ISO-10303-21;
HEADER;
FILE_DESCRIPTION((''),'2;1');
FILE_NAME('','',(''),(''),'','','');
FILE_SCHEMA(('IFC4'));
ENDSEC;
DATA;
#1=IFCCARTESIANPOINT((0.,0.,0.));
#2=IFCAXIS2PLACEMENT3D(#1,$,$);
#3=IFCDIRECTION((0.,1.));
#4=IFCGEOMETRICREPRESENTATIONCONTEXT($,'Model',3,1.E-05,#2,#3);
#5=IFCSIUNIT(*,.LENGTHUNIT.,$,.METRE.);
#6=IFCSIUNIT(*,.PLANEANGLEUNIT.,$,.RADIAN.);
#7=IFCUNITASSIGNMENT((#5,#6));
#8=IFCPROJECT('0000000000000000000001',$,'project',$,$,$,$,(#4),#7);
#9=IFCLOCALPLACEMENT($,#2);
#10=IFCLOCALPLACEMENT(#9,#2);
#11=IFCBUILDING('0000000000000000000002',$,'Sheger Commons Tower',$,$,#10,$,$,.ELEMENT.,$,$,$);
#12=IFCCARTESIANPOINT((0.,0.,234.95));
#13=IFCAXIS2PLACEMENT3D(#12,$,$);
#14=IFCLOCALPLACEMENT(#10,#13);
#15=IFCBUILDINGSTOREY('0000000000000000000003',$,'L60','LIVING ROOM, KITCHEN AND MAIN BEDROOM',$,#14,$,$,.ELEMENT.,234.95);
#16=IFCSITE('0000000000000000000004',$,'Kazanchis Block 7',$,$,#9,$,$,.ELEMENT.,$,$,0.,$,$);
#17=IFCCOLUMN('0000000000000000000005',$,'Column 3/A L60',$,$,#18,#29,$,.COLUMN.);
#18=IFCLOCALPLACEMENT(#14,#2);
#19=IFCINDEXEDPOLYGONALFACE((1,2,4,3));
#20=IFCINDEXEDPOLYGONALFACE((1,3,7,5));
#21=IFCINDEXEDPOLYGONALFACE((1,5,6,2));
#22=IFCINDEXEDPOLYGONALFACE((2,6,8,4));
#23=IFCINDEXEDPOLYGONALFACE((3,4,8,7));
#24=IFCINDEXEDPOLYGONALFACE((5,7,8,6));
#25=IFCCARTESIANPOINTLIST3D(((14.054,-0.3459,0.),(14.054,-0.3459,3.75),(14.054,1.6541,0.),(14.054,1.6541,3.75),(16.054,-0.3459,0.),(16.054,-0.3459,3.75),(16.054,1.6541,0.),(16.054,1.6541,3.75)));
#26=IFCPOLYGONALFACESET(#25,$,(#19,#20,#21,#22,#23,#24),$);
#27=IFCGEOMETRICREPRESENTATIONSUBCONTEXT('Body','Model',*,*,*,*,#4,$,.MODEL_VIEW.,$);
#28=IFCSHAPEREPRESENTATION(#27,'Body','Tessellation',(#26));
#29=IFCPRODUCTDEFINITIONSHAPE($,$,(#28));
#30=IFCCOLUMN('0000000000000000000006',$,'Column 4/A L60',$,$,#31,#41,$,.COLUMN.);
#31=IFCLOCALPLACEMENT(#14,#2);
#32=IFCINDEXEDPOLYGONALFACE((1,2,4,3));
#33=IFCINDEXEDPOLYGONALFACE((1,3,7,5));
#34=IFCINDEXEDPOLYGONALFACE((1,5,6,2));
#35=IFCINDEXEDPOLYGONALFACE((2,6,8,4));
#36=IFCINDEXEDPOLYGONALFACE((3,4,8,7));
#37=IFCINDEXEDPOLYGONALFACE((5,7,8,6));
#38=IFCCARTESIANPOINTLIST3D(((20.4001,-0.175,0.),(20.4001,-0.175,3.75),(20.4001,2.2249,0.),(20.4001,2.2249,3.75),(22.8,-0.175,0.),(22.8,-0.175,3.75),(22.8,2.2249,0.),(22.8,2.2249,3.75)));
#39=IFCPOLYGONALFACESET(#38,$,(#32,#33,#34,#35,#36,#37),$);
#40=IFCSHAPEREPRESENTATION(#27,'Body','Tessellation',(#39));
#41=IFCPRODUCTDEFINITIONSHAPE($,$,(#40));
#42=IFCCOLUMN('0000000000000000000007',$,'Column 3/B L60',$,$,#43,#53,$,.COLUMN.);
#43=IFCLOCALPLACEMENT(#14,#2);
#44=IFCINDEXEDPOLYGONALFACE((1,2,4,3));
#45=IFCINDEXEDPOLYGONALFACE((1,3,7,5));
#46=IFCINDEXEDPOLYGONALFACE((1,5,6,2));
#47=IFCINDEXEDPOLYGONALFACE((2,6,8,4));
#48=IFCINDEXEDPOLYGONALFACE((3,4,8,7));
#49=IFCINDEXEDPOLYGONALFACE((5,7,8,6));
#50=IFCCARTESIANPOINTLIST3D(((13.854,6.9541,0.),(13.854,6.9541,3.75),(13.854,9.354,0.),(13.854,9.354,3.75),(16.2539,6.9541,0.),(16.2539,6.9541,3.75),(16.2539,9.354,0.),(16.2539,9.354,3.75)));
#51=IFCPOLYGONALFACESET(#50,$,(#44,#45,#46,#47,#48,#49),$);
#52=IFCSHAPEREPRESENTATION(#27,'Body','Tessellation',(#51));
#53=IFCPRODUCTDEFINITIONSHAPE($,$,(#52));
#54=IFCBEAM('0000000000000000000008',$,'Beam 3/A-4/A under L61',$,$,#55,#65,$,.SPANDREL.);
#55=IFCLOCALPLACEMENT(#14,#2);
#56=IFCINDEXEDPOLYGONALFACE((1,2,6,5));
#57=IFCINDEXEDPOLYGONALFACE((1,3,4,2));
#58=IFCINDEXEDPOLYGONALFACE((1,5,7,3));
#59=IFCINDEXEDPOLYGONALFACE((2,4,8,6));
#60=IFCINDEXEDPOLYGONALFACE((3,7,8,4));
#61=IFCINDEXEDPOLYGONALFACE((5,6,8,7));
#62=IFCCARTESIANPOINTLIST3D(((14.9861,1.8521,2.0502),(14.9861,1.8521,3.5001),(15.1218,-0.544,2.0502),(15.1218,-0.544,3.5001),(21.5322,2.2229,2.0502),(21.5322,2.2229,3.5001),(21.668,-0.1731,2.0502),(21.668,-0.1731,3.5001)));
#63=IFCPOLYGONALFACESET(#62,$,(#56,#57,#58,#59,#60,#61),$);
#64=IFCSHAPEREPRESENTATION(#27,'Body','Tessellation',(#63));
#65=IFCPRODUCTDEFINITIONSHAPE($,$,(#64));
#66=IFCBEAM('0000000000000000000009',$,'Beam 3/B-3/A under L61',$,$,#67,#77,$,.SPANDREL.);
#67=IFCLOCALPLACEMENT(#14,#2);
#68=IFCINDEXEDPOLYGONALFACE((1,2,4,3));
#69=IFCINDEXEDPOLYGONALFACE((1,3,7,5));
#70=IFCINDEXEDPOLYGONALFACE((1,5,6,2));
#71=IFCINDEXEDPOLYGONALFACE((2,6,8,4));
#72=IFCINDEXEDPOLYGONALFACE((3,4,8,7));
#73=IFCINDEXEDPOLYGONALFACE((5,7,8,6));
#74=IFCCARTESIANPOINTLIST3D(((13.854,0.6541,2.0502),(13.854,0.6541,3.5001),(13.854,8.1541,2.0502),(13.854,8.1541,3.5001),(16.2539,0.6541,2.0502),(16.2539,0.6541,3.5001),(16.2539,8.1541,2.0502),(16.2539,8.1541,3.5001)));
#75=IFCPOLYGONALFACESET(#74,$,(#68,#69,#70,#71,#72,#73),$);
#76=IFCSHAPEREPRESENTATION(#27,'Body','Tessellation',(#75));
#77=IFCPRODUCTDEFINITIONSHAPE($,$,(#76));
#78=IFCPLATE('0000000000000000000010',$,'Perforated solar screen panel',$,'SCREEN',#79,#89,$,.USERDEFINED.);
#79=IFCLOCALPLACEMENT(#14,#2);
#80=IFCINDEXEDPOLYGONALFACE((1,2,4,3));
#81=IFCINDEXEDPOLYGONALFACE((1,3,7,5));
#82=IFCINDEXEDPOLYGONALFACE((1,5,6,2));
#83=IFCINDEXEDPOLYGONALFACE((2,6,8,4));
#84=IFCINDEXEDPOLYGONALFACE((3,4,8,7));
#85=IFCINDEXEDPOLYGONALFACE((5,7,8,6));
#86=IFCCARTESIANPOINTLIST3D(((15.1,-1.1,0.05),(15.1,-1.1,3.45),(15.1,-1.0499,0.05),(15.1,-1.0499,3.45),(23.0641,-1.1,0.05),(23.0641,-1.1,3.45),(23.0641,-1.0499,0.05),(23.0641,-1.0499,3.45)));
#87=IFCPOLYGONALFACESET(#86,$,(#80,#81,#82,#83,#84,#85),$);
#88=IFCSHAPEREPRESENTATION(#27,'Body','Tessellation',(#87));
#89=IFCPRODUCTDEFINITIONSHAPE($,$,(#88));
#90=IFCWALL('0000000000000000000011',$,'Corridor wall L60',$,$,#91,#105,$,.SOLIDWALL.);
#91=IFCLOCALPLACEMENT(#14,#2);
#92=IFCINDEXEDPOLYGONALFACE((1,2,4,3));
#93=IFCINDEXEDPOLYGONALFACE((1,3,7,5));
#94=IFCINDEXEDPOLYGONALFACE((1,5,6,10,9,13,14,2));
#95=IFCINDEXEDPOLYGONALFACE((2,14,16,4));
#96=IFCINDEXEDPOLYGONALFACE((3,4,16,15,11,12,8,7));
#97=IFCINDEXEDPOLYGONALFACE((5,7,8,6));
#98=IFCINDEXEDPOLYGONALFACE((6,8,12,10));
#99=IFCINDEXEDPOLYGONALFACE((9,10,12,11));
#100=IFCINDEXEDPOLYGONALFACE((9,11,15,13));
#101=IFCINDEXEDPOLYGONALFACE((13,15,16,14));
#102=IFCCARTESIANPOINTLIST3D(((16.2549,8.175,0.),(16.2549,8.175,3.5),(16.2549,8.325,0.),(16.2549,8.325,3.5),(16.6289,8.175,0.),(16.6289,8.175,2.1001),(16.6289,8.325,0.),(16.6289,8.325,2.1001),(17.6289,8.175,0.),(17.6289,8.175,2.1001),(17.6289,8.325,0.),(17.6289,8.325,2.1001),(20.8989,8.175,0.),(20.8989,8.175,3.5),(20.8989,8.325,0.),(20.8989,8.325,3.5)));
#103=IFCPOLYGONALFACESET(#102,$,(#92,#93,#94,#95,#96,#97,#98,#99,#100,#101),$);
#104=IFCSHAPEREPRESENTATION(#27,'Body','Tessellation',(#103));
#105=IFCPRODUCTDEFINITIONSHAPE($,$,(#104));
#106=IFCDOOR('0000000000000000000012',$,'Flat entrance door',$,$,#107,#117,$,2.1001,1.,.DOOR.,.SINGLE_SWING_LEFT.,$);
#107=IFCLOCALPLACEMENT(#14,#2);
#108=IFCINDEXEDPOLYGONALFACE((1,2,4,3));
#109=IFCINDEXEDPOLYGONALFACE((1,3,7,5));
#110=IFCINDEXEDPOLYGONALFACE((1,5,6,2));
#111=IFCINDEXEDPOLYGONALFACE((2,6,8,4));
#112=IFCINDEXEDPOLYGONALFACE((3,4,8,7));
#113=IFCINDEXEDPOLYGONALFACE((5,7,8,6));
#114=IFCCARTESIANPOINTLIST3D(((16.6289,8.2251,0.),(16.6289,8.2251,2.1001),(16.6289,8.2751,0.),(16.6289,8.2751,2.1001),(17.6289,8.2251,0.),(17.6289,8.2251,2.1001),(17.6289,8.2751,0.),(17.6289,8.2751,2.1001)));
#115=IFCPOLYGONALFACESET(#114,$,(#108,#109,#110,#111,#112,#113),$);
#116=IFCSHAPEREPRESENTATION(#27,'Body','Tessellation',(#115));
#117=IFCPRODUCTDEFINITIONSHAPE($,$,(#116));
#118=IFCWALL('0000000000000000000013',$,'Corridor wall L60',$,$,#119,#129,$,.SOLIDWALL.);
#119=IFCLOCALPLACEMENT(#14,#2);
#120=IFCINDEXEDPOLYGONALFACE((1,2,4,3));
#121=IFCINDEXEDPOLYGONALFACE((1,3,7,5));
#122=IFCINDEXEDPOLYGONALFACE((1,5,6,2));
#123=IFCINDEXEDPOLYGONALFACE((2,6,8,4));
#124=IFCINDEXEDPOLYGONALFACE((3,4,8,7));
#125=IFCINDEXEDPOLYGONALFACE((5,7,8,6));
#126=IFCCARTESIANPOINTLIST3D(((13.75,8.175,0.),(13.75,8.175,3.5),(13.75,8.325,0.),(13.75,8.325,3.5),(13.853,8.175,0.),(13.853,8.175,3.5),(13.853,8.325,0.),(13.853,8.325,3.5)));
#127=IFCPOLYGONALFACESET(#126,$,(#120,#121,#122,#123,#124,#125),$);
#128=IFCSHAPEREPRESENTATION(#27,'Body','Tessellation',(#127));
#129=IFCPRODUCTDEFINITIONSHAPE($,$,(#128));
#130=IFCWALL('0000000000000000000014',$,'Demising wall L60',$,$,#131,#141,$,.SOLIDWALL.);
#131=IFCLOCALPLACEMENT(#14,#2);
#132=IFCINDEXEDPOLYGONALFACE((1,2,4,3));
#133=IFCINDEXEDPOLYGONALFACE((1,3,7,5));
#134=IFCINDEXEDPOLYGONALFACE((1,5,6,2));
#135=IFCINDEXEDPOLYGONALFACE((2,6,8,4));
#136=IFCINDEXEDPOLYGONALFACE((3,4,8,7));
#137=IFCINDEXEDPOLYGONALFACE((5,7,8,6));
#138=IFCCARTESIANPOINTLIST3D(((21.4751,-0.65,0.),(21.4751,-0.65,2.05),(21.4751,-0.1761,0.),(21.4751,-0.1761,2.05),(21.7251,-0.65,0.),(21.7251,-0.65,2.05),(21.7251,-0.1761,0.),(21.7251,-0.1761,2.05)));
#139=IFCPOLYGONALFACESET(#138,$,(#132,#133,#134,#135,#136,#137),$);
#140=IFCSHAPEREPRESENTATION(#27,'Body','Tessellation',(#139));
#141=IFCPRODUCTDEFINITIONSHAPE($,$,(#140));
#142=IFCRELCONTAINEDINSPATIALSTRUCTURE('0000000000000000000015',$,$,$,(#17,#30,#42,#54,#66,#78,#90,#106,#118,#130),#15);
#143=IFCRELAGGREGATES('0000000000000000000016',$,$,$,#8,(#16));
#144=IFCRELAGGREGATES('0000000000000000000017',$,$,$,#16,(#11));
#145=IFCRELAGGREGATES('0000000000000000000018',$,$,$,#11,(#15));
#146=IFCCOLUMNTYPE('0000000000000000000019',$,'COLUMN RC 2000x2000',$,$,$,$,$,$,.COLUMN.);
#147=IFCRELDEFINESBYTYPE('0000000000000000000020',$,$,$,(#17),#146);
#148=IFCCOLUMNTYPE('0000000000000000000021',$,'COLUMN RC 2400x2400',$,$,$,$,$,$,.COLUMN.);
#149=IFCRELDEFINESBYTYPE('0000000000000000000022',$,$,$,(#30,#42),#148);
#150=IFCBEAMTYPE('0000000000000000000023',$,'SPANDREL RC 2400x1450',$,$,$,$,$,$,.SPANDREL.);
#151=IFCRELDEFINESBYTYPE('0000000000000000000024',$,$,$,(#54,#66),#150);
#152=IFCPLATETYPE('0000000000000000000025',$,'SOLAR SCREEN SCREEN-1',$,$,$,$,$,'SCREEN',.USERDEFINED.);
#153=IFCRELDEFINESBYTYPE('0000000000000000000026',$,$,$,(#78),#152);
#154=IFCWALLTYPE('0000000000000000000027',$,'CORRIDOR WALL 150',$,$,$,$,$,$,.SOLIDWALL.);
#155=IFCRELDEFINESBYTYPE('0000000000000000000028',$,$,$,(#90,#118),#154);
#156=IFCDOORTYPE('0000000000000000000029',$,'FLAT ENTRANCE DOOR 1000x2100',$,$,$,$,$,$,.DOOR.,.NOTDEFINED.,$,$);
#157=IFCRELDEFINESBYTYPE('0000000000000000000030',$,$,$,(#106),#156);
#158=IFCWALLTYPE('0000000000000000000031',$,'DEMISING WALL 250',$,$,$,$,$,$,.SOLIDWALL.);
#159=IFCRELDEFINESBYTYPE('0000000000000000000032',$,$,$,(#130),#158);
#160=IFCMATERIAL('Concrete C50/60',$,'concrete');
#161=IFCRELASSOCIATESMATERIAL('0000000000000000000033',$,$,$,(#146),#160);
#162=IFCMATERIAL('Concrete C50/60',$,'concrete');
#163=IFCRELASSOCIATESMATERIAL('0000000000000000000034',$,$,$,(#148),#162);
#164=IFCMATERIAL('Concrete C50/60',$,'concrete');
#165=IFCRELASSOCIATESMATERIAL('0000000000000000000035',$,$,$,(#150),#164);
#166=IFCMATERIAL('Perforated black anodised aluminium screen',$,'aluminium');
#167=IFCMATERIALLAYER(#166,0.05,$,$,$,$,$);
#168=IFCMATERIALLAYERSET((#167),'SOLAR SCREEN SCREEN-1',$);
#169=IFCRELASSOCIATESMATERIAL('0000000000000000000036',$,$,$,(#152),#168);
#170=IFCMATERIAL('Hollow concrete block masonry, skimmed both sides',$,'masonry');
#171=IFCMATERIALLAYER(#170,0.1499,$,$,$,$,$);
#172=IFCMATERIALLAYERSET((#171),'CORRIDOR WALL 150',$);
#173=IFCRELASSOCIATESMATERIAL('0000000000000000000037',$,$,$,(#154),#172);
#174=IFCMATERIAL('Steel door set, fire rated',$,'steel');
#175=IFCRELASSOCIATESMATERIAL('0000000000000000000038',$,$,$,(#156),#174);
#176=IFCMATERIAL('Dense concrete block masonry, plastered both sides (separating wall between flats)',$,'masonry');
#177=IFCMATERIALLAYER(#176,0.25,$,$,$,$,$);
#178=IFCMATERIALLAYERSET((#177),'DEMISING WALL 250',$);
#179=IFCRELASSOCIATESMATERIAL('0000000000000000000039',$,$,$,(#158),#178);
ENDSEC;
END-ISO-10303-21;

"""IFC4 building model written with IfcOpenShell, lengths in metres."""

from ifc_helpers import new_model, si_unit, direction, frame, frame_2d, origin, origin_2d, place, context, subcontext, project, spatial, rectangle, extrude, material, layer, layer_set, material_profile, profile_set, type_object, element, fill, save


model = new_model("IFC4")

# Units and contexts
model_context = context("Model", 3, precision=1e-05, world=origin(), true_north=direction((0.0, 1.0)))
body_context = subcontext(model_context, "Body", "Model", "MODEL_VIEW")
ifc_project = project(units=[si_unit("LENGTHUNIT", "METRE"), si_unit("PLANEANGLEUNIT", "RADIAN")], contexts=[model_context])

# Site, building, storey
site_placement = place(None, origin())
site = spatial("IfcSite", under=ifc_project, at=site_placement, Name="Kazanchis Block 7", CompositionType="ELEMENT", RefElevation=0.0)
building_placement = place(site_placement, origin())
building = spatial("IfcBuilding", under=site, at=building_placement, Name="Sheger Commons Tower", CompositionType="ELEMENT")
storey_placement = place(building_placement, frame((0.0, 0.0, 234.95)))
storey = spatial("IfcBuildingStorey", under=building, at=storey_placement, Name="L60", Description="LIVING ROOM, KITCHEN AND MAIN BEDROOM", CompositionType="ELEMENT", Elevation=234.95)

# Columns
ifc_material_1 = material(Name="Concrete C50/60", Category="concrete")
ifc_material_profile_1 = material_profile(ifc_material_1, rectangle(XDim=2.0, YDim=2.0, at=origin_2d()), Name="RC 2000x2000")
ifc_profile_set_1 = profile_set([ifc_material_profile_1], Name="Concrete C50/60")
column_type_1 = type_object("IfcColumnType", Name="COLUMN RC 2000x2000", PredefinedType="COLUMN", material=ifc_profile_set_1)
column_placement = place(storey_placement, frame((15.054, 0.6541, 0.0), z_axis=(0.0, 0.0, 1.0), x_axis=(1.0, 0.0, 0.0)))
element("IfcColumn", 1, at=column_placement, inside=storey, type_object=column_type_1, Name="Column 3/A L60", PredefinedType="COLUMN", context=body_context, shape_type="SweptSolid", body=[
    extrude(rectangle(XDim=2.0, YDim=2.0, at=origin_2d()), origin(), (0.0, 0.0, 1.0), 3.75),
])
ifc_material_2 = material(Name="Concrete C50/60", Category="concrete")
ifc_material_profile_2 = material_profile(ifc_material_2, rectangle(XDim=2.3999, YDim=2.3999, at=origin_2d()), Name="RC 2400x2400")
ifc_profile_set_2 = profile_set([ifc_material_profile_2], Name="Concrete C50/60")
column_type_2 = type_object("IfcColumnType", Name="COLUMN RC 2400x2400", PredefinedType="COLUMN", material=ifc_profile_set_2)
for number, where, z_axis, x_axis, name in (
    (2, (21.6001, 1.0249, 0.0), (0.0, 0.0, 1.0), (1.0, 0.0, 0.0), "Column 4/A L60"),
    (3, (15.054, 8.1541, 0.0), (0.0, 0.0, 1.0), (1.0, 0.0, 0.0), "Column 3/B L60"),
):
    element("IfcColumn", number, at=place(storey_placement, frame(where, z_axis=z_axis, x_axis=x_axis)), inside=storey, type_object=column_type_2, Name=name, PredefinedType="COLUMN", context=body_context, shape_type="SweptSolid", body=[
        extrude(rectangle(XDim=2.3999, YDim=2.3999, at=origin_2d()), origin(), (0.0, 0.0, 1.0), 3.75),
    ])

# Beams
ifc_material_3 = material(Name="Concrete C50/60", Category="concrete")
ifc_material_profile_3 = material_profile(ifc_material_3, rectangle(XDim=2.3999, YDim=1.45, at=origin_2d()), Name="RC 2400x1450")
ifc_profile_set_3 = profile_set([ifc_material_profile_3], Name="Concrete C50/60")
beam_type = type_object("IfcBeamType", Name="SPANDREL RC 2400x1450", PredefinedType="SPANDREL", material=ifc_profile_set_3)
beam_1_placement = place(storey_placement, frame((15.054, 0.6541, 2.7751), z_axis=(0.998399, 0.056561, 0.0), x_axis=(-0.056561, 0.998399, 0.0)))
element("IfcBeam", 4, at=beam_1_placement, inside=storey, type_object=beam_type, Name="Beam 3/A-4/A under L61", PredefinedType="SPANDREL", context=body_context, shape_type="SweptSolid", body=[
    extrude(rectangle(XDim=2.3999, YDim=1.45, at=origin_2d()), origin(), (0.0, 0.0, 1.0), 6.5566),
])
beam_2_placement = place(storey_placement, frame((15.054, 8.1541, 2.7751), z_axis=(0.0, -1.0, 0.0), x_axis=(1.0, 0.0, 0.0)))
element("IfcBeam", 5, at=beam_2_placement, inside=storey, type_object=beam_type, Name="Beam 3/B-3/A under L61", PredefinedType="SPANDREL", context=body_context, shape_type="SweptSolid", body=[
    extrude(rectangle(XDim=2.3999, YDim=1.45, at=origin_2d()), origin(), (0.0, 0.0, 1.0), 7.5),
])

# Plate
ifc_material_4 = material(Name="Perforated black anodised aluminium screen", Category="aluminium")
ifc_layer_1 = layer(ifc_material_4, 0.05)
ifc_layer_set_1 = layer_set([ifc_layer_1], Name="SOLAR SCREEN SCREEN-1")
plate_type = type_object("IfcPlateType", Name="SOLAR SCREEN SCREEN-1", ElementType="SCREEN", PredefinedType="USERDEFINED", material=ifc_layer_set_1)
plate_placement = place(storey_placement, frame((19.082, -1.075, 0.05), z_axis=(0.0, 0.0, 1.0), x_axis=(1.0, 0.0, 0.0)))
element("IfcPlate", 6, at=plate_placement, inside=storey, type_object=plate_type, Name="Perforated solar screen panel", ObjectType="SCREEN", PredefinedType="USERDEFINED", context=body_context, shape_type="SweptSolid", body=[
    extrude(rectangle(XDim=7.9641, YDim=0.05, at=origin_2d()), origin(), (0.0, 0.0, 1.0), 3.3999),
])

# Wall, opening, door
ifc_material_5 = material(Name="Hollow concrete block masonry, skimmed both sides", Category="masonry")
ifc_layer_2 = layer(ifc_material_5, 0.1499)
ifc_layer_set_2 = layer_set([ifc_layer_2], Name="CORRIDOR WALL 150")
wall_type_1 = type_object("IfcWallType", Name="CORRIDOR WALL 150", PredefinedType="SOLIDWALL", material=ifc_layer_set_2)
wall_1_placement = place(storey_placement, frame((20.8989, 8.25, 0.0), z_axis=(0.0, 0.0, 1.0), x_axis=(-1.0, 0.0, 0.0)))
wall_1 = element("IfcWall", 7, at=wall_1_placement, inside=storey, type_object=wall_type_1, Name="Corridor wall L60", PredefinedType="SOLIDWALL", context=body_context, shape_type="SweptSolid", body=[
    extrude(rectangle(XDim=4.644, YDim=0.1499, at=frame_2d((2.322, 0.0))), origin(), (0.0, 0.0, 1.0), 3.5),
])
opening_1_placement = place(wall_1_placement, frame((3.27, 0.0, 0.0)))
opening_1 = element("IfcOpeningElement", 8, at=opening_1_placement, cuts=wall_1, PredefinedType="OPENING", context=body_context, shape_type="SweptSolid", body=[
    extrude(rectangle(XDim=1.0, YDim=2.1001, at=frame_2d((0.5, 1.05))), frame((0.0, 0.085, 0.0), z_axis=(0.0, -1.0, 0.0), x_axis=(1.0, 0.0, 0.0)), (0.0, 0.0, 1.0), 0.1699),
])
ifc_material_6 = material(Name="Steel door set, fire rated", Category="steel")
door_type_1 = type_object("IfcDoorType", Name="FLAT ENTRANCE DOOR 1000x2100", OperationType="NOTDEFINED", PredefinedType="DOOR", material=ifc_material_6)
door_1_placement = place(opening_1_placement, origin())
door_1 = element("IfcDoor", 9, at=door_1_placement, inside=storey, type_object=door_type_1, Name="Flat entrance door", OperationType="SINGLE_SWING_LEFT", OverallHeight=2.1001, OverallWidth=1.0, PredefinedType="DOOR", context=body_context, shape_type="SweptSolid", body=[
    extrude(rectangle(XDim=1.0, YDim=2.1001, at=frame_2d((0.5, 1.05))), frame((0.0, 0.0249, 0.0), z_axis=(0.0, -1.0, 0.0), x_axis=(1.0, 0.0, 0.0)), (0.0, 0.0, 1.0), 0.05),
])
fill(opening_1, door_1)

# Walls
wall_2_placement = place(storey_placement, frame((13.853, 8.25, 0.0), z_axis=(0.0, 0.0, 1.0), x_axis=(-1.0, 0.0, 0.0)))
element("IfcWall", 10, at=wall_2_placement, inside=storey, type_object=wall_type_1, Name="Corridor wall L60", PredefinedType="SOLIDWALL", context=body_context, shape_type="SweptSolid", body=[
    extrude(rectangle(XDim=0.103, YDim=0.1499, at=frame_2d((0.0515, 0.0))), origin(), (0.0, 0.0, 1.0), 3.5),
])
ifc_material_7 = material(Name="Dense concrete block masonry, plastered both sides (separating wall between flats)", Category="masonry")
ifc_layer_3 = layer(ifc_material_7, 0.25)
ifc_layer_set_3 = layer_set([ifc_layer_3], Name="DEMISING WALL 250")
wall_type_2 = type_object("IfcWallType", Name="DEMISING WALL 250", PredefinedType="SOLIDWALL", material=ifc_layer_set_3)
wall_3_placement = place(storey_placement, frame((21.6001, -0.6499, 0.0), z_axis=(0.0, 0.0, 1.0), x_axis=(0.0, 1.0, 0.0)))
element("IfcWall", 11, at=wall_3_placement, inside=storey, type_object=wall_type_2, Name="Demising wall L60", PredefinedType="SOLIDWALL", context=body_context, shape_type="SweptSolid", body=[
    extrude(rectangle(XDim=0.4739, YDim=0.25, at=frame_2d((0.2368, 0.0))), origin(), (0.0, 0.0, 1.0), 2.05),
])

save(model, "model.ifc")
